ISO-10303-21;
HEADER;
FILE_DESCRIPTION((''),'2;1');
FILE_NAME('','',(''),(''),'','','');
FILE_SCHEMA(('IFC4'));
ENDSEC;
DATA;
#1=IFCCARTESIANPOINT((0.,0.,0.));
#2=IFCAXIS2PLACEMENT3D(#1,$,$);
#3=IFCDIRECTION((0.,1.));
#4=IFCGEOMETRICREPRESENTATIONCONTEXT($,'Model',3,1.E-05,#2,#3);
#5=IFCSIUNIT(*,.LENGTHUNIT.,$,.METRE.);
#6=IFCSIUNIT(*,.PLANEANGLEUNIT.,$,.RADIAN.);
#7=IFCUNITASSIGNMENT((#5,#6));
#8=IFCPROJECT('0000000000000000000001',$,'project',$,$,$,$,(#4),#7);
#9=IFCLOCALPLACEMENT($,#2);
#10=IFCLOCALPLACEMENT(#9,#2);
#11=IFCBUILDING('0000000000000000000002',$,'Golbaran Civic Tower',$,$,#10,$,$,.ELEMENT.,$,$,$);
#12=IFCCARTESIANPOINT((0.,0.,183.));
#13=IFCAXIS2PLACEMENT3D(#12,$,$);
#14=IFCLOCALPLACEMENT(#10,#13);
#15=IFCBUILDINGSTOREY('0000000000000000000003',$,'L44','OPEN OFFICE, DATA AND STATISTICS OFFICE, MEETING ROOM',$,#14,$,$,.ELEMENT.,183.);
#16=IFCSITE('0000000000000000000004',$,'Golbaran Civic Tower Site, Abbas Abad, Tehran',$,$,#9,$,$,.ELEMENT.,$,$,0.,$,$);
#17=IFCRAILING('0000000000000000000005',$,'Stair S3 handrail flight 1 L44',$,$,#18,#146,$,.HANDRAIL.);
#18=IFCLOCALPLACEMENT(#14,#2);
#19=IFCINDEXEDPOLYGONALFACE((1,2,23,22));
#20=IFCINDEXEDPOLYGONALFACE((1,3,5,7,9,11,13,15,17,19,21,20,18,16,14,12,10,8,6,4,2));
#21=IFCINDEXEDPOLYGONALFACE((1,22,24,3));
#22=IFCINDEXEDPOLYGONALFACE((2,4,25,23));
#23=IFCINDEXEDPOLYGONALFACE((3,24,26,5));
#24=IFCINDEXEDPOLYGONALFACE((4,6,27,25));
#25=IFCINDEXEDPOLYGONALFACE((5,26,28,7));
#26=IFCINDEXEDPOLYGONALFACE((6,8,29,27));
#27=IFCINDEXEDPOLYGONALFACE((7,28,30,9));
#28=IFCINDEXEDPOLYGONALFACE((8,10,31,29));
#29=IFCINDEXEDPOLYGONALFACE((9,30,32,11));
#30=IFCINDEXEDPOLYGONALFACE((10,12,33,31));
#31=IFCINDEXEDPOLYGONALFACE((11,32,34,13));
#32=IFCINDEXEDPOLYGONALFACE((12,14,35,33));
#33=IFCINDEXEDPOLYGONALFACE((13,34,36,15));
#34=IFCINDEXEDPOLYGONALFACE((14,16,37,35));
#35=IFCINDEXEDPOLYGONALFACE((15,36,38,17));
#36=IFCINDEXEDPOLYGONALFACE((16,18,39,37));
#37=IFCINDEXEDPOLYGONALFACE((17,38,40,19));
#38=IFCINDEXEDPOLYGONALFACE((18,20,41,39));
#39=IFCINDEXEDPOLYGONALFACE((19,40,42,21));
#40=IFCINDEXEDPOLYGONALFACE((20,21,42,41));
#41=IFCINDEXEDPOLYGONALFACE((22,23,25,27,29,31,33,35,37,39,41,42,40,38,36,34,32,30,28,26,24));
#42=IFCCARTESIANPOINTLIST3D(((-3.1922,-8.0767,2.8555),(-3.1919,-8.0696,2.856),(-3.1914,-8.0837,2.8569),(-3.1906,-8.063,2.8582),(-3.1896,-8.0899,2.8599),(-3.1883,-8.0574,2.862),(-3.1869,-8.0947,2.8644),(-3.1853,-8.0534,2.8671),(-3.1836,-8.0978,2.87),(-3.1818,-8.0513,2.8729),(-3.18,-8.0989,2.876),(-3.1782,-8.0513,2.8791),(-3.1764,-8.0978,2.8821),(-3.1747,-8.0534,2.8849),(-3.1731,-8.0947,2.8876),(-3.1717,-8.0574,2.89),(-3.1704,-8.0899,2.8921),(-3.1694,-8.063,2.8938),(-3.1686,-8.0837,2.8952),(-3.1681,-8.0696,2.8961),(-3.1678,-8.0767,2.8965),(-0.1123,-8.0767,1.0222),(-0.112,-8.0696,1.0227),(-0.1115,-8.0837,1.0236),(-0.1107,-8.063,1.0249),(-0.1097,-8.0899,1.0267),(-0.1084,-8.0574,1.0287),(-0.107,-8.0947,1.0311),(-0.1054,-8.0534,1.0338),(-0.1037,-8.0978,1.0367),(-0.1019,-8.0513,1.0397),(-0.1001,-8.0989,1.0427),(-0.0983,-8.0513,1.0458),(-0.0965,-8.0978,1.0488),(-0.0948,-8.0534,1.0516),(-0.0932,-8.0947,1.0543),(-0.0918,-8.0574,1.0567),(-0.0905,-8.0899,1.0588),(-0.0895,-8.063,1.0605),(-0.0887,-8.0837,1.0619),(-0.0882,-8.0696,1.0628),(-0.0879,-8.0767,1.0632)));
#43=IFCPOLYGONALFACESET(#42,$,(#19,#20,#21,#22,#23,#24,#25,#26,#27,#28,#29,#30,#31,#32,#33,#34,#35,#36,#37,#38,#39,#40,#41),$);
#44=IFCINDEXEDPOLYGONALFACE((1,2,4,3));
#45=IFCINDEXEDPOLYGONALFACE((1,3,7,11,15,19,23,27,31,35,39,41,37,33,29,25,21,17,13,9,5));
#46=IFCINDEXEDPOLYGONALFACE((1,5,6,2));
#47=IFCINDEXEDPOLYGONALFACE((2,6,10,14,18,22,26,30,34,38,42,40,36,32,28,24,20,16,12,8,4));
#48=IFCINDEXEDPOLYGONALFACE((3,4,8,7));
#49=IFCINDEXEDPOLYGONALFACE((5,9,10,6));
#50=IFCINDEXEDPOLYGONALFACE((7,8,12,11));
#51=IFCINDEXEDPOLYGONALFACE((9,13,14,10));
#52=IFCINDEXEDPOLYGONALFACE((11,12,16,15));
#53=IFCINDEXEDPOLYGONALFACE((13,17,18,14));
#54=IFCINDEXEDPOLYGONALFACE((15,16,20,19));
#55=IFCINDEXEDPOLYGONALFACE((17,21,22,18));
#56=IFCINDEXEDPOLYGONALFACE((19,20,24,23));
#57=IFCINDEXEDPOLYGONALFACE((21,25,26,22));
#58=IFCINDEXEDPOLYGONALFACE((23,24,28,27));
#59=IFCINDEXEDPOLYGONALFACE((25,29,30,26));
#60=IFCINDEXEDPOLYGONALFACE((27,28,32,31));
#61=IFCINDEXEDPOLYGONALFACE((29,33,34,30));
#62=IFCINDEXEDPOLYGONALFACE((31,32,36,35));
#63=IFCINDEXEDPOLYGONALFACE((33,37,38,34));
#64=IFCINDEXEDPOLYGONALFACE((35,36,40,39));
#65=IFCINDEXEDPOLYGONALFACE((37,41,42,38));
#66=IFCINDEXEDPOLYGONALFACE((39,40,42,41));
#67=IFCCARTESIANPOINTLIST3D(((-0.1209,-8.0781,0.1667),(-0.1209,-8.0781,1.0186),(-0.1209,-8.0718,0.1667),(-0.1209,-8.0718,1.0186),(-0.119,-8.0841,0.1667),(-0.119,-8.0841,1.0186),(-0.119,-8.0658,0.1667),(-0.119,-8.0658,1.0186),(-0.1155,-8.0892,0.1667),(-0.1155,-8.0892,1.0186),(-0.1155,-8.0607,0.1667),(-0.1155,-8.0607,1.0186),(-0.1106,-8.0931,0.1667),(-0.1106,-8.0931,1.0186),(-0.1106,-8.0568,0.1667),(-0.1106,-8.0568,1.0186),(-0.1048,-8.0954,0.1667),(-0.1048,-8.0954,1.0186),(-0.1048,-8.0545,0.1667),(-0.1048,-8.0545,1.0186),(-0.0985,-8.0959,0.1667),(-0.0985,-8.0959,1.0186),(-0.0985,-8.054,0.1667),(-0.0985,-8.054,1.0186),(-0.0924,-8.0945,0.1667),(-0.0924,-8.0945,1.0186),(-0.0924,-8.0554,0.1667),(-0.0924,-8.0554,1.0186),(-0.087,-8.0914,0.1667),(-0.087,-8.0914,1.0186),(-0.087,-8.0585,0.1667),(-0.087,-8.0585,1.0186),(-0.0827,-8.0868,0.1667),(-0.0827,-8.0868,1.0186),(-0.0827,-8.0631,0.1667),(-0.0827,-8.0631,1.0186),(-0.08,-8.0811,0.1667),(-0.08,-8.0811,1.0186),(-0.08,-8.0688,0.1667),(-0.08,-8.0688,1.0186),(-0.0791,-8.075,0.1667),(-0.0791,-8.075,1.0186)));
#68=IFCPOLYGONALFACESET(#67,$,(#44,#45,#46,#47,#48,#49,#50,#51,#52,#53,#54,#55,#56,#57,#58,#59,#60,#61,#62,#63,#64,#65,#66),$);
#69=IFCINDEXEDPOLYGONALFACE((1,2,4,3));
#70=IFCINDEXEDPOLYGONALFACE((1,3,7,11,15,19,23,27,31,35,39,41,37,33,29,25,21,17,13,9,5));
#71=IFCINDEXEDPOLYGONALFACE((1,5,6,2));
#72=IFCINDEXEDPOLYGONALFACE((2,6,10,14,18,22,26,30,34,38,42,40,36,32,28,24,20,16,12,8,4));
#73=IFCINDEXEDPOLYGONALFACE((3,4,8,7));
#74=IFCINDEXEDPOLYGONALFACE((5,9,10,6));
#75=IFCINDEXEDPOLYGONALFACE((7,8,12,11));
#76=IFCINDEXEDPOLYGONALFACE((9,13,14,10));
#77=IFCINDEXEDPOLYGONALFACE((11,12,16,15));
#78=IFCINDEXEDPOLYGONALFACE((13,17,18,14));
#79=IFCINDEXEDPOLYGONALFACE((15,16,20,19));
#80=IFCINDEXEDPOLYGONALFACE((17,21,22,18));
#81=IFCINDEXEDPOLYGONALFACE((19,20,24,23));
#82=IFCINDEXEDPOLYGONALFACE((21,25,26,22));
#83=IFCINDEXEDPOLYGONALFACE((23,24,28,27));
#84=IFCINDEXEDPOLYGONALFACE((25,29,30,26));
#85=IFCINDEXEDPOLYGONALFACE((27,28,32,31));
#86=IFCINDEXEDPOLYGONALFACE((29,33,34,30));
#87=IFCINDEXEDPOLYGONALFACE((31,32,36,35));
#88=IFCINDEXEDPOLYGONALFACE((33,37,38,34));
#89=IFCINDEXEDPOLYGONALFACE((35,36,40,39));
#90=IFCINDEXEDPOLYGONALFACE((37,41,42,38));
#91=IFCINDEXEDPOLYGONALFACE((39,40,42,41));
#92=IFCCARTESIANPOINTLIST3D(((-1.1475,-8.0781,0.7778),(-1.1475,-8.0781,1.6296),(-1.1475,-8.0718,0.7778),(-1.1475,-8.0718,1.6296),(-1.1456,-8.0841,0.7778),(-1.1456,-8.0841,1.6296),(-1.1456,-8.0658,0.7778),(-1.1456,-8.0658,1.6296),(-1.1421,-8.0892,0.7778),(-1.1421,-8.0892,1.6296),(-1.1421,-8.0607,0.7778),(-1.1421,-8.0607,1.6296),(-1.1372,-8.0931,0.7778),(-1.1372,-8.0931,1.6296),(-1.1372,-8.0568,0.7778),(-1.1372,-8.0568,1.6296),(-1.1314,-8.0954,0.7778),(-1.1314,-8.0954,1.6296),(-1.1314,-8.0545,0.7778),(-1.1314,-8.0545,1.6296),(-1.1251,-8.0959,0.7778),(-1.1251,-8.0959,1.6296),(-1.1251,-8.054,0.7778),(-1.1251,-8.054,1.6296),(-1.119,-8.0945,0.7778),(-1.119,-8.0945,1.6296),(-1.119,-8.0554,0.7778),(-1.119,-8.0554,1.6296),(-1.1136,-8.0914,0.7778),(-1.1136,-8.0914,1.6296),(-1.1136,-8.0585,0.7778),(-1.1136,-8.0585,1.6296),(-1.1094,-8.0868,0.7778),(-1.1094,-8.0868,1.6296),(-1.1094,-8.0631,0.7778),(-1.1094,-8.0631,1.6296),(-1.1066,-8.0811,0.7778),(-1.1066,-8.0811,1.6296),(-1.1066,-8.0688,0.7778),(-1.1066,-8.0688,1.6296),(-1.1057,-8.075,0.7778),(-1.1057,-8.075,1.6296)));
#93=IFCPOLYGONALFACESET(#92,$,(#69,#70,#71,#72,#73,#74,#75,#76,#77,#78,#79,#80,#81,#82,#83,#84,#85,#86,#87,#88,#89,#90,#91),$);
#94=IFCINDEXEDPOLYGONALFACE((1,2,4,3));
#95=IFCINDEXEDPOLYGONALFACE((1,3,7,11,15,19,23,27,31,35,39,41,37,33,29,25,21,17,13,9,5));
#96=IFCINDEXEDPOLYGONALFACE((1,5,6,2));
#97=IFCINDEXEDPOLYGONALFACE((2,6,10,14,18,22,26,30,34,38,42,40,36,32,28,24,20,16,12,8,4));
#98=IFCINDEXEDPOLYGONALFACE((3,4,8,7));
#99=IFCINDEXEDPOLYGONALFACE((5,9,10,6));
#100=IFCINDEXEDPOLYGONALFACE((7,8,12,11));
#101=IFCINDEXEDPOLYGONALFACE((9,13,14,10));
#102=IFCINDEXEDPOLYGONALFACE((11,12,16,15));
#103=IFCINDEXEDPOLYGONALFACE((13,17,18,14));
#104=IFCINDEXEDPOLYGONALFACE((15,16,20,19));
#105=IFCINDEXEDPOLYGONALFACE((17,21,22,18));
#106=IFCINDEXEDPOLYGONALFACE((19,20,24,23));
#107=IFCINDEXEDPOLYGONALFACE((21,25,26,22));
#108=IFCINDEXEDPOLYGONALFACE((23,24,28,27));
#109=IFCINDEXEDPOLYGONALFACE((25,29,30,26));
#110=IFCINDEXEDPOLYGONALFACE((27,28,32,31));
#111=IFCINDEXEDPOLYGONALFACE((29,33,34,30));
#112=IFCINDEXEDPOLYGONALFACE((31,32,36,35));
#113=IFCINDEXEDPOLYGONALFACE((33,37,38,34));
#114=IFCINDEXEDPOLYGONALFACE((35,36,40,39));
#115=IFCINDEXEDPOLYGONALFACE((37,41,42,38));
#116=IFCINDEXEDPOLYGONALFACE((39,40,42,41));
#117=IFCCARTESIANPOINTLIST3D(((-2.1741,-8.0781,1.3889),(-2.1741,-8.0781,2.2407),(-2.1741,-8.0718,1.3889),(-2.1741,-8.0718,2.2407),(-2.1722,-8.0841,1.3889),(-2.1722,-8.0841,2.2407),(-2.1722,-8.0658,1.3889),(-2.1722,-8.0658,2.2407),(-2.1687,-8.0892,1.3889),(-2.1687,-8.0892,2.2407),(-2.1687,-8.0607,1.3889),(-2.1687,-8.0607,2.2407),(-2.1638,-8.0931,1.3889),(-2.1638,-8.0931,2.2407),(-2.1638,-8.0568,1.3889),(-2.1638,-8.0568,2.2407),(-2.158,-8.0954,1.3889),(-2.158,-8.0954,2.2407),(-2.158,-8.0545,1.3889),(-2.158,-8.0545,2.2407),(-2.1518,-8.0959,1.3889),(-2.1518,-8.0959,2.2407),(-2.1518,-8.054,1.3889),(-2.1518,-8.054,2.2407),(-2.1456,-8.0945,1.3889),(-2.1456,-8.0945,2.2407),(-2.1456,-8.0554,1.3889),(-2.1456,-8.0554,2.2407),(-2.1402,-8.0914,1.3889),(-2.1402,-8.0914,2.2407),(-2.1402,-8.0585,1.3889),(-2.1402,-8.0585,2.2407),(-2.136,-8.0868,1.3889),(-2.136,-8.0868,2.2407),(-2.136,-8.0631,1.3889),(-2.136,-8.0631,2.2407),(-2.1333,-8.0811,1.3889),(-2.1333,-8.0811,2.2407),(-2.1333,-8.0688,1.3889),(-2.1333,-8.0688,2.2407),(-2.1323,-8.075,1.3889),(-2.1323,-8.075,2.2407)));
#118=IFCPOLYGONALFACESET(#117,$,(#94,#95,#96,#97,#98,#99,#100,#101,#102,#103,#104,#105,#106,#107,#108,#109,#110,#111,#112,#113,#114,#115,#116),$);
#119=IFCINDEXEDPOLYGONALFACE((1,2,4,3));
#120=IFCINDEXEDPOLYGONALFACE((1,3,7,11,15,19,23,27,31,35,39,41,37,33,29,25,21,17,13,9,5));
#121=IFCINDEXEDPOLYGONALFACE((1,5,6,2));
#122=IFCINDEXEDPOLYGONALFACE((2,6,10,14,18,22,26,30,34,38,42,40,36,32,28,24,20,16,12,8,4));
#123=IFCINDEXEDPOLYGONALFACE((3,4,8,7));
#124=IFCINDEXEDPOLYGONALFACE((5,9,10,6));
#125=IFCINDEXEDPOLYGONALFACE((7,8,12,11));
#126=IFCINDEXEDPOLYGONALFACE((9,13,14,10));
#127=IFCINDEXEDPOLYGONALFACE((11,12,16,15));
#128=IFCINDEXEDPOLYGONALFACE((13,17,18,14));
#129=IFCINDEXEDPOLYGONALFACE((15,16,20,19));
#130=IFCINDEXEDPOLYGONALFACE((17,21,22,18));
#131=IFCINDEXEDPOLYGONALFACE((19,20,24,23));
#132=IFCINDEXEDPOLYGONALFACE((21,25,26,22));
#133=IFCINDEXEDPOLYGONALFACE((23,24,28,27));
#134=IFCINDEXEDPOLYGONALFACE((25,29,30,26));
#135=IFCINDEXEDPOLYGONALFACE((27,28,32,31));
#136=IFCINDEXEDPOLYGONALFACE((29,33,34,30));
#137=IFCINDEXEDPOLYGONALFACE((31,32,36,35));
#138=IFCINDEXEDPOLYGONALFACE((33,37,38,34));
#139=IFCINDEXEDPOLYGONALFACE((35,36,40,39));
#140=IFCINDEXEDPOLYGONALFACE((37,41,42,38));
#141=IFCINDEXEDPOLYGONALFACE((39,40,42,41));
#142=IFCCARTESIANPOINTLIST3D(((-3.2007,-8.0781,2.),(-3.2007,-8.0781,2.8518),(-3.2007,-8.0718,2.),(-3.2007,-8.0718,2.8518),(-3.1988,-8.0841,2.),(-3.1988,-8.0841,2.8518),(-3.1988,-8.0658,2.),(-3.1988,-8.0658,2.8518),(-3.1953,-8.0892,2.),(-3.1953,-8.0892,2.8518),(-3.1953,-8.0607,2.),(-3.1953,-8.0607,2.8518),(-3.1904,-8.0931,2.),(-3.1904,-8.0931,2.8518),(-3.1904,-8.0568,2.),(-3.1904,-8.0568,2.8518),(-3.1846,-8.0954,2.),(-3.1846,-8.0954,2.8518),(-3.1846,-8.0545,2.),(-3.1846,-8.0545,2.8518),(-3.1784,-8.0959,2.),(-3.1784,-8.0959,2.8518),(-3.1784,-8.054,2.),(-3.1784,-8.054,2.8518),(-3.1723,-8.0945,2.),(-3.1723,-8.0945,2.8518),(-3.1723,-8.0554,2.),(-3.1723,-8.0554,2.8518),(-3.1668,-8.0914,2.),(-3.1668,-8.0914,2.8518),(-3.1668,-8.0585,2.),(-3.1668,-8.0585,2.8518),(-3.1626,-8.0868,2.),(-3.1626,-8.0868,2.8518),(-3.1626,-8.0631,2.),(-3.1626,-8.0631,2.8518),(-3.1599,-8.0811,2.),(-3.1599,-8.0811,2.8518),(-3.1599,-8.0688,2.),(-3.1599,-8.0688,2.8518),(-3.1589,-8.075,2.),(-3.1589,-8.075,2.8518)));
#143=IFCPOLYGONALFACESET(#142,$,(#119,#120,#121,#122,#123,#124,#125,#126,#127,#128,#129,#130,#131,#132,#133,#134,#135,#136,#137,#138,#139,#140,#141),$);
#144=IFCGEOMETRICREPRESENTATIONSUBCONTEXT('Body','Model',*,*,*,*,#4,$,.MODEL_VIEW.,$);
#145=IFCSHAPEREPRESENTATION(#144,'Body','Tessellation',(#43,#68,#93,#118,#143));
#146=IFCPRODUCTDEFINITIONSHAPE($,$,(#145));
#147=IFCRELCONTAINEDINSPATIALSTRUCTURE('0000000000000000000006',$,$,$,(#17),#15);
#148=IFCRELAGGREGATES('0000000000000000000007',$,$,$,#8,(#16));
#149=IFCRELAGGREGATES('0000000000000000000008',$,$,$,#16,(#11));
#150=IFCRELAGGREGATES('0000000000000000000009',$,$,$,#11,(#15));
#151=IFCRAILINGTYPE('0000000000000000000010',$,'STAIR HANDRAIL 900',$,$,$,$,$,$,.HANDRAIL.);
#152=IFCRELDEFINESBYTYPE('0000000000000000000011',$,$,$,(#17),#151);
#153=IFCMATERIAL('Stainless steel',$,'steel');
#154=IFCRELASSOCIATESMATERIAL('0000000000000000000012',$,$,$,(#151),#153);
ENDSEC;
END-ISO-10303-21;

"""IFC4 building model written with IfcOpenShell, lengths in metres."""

from ifc_helpers import new_model, si_unit, direction, frame, origin, origin_2d, place, context, subcontext, project, spatial, circle, extrude, material, type_object, element, save


model = new_model("IFC4")

# Units and contexts
model_context = context("Model", 3, precision=1e-05, world=origin(), true_north=direction((0.0, 1.0)))
body_context = subcontext(model_context, "Body", "Model", "MODEL_VIEW")
ifc_project = project(units=[si_unit("LENGTHUNIT", "METRE"), si_unit("PLANEANGLEUNIT", "RADIAN")], contexts=[model_context])

# Site, building, storey
site_placement = place(None, origin())
site = spatial("IfcSite", under=ifc_project, at=site_placement, Name="Golbaran Civic Tower Site, Abbas Abad, Tehran", CompositionType="ELEMENT", RefElevation=0.0)
building_placement = place(site_placement, origin())
building = spatial("IfcBuilding", under=site, at=building_placement, Name="Golbaran Civic Tower", CompositionType="ELEMENT")
storey_placement = place(building_placement, frame((0.0, 0.0, 183.0)))
storey = spatial("IfcBuildingStorey", under=building, at=storey_placement, Name="L44", Description="OPEN OFFICE, DATA AND STATISTICS OFFICE, MEETING ROOM", CompositionType="ELEMENT", Elevation=183.0)

# Shared definitions
ifc_material_1 = material(Name="Stainless steel", Category="steel")

# Railing
railing_type = type_object("IfcRailingType", Name="STAIR HANDRAIL 900", PredefinedType="HANDRAIL", material=ifc_material_1)
railing_1_placement = place(storey_placement, frame((-0.1001, -8.075, 0.1667)))
element("IfcRailing", 1, at=railing_1_placement, inside=storey, type_object=railing_type, Name="Stair S3 handrail flight 1 L44", PredefinedType="HANDRAIL", context=body_context, shape_type="SweptSolid", body=[
    extrude(circle(Radius=0.0239, at=origin_2d()), frame((0.0, 0.0, 0.876), z_axis=(-0.859291, 0.0, 0.511487), x_axis=(0.0, -1.0, 0.0)), (0.0, 0.0, 1.0), 3.5842),
    extrude(circle(Radius=0.021, at=origin_2d()), origin(), (0.0, 0.0, 1.0), 0.8518),
    extrude(circle(Radius=0.021, at=origin_2d()), frame((-1.0266, 0.0, 0.6111)), (0.0, 0.0, 1.0), 0.8518),
    extrude(circle(Radius=0.021, at=origin_2d()), frame((-2.0532, 0.0, 1.2222)), (0.0, 0.0, 1.0), 0.8518),
    extrude(circle(Radius=0.021, at=origin_2d()), frame((-3.0798, 0.0, 1.8333)), (0.0, 0.0, 1.0), 0.8518),
])

save(model, "model.ifc")
